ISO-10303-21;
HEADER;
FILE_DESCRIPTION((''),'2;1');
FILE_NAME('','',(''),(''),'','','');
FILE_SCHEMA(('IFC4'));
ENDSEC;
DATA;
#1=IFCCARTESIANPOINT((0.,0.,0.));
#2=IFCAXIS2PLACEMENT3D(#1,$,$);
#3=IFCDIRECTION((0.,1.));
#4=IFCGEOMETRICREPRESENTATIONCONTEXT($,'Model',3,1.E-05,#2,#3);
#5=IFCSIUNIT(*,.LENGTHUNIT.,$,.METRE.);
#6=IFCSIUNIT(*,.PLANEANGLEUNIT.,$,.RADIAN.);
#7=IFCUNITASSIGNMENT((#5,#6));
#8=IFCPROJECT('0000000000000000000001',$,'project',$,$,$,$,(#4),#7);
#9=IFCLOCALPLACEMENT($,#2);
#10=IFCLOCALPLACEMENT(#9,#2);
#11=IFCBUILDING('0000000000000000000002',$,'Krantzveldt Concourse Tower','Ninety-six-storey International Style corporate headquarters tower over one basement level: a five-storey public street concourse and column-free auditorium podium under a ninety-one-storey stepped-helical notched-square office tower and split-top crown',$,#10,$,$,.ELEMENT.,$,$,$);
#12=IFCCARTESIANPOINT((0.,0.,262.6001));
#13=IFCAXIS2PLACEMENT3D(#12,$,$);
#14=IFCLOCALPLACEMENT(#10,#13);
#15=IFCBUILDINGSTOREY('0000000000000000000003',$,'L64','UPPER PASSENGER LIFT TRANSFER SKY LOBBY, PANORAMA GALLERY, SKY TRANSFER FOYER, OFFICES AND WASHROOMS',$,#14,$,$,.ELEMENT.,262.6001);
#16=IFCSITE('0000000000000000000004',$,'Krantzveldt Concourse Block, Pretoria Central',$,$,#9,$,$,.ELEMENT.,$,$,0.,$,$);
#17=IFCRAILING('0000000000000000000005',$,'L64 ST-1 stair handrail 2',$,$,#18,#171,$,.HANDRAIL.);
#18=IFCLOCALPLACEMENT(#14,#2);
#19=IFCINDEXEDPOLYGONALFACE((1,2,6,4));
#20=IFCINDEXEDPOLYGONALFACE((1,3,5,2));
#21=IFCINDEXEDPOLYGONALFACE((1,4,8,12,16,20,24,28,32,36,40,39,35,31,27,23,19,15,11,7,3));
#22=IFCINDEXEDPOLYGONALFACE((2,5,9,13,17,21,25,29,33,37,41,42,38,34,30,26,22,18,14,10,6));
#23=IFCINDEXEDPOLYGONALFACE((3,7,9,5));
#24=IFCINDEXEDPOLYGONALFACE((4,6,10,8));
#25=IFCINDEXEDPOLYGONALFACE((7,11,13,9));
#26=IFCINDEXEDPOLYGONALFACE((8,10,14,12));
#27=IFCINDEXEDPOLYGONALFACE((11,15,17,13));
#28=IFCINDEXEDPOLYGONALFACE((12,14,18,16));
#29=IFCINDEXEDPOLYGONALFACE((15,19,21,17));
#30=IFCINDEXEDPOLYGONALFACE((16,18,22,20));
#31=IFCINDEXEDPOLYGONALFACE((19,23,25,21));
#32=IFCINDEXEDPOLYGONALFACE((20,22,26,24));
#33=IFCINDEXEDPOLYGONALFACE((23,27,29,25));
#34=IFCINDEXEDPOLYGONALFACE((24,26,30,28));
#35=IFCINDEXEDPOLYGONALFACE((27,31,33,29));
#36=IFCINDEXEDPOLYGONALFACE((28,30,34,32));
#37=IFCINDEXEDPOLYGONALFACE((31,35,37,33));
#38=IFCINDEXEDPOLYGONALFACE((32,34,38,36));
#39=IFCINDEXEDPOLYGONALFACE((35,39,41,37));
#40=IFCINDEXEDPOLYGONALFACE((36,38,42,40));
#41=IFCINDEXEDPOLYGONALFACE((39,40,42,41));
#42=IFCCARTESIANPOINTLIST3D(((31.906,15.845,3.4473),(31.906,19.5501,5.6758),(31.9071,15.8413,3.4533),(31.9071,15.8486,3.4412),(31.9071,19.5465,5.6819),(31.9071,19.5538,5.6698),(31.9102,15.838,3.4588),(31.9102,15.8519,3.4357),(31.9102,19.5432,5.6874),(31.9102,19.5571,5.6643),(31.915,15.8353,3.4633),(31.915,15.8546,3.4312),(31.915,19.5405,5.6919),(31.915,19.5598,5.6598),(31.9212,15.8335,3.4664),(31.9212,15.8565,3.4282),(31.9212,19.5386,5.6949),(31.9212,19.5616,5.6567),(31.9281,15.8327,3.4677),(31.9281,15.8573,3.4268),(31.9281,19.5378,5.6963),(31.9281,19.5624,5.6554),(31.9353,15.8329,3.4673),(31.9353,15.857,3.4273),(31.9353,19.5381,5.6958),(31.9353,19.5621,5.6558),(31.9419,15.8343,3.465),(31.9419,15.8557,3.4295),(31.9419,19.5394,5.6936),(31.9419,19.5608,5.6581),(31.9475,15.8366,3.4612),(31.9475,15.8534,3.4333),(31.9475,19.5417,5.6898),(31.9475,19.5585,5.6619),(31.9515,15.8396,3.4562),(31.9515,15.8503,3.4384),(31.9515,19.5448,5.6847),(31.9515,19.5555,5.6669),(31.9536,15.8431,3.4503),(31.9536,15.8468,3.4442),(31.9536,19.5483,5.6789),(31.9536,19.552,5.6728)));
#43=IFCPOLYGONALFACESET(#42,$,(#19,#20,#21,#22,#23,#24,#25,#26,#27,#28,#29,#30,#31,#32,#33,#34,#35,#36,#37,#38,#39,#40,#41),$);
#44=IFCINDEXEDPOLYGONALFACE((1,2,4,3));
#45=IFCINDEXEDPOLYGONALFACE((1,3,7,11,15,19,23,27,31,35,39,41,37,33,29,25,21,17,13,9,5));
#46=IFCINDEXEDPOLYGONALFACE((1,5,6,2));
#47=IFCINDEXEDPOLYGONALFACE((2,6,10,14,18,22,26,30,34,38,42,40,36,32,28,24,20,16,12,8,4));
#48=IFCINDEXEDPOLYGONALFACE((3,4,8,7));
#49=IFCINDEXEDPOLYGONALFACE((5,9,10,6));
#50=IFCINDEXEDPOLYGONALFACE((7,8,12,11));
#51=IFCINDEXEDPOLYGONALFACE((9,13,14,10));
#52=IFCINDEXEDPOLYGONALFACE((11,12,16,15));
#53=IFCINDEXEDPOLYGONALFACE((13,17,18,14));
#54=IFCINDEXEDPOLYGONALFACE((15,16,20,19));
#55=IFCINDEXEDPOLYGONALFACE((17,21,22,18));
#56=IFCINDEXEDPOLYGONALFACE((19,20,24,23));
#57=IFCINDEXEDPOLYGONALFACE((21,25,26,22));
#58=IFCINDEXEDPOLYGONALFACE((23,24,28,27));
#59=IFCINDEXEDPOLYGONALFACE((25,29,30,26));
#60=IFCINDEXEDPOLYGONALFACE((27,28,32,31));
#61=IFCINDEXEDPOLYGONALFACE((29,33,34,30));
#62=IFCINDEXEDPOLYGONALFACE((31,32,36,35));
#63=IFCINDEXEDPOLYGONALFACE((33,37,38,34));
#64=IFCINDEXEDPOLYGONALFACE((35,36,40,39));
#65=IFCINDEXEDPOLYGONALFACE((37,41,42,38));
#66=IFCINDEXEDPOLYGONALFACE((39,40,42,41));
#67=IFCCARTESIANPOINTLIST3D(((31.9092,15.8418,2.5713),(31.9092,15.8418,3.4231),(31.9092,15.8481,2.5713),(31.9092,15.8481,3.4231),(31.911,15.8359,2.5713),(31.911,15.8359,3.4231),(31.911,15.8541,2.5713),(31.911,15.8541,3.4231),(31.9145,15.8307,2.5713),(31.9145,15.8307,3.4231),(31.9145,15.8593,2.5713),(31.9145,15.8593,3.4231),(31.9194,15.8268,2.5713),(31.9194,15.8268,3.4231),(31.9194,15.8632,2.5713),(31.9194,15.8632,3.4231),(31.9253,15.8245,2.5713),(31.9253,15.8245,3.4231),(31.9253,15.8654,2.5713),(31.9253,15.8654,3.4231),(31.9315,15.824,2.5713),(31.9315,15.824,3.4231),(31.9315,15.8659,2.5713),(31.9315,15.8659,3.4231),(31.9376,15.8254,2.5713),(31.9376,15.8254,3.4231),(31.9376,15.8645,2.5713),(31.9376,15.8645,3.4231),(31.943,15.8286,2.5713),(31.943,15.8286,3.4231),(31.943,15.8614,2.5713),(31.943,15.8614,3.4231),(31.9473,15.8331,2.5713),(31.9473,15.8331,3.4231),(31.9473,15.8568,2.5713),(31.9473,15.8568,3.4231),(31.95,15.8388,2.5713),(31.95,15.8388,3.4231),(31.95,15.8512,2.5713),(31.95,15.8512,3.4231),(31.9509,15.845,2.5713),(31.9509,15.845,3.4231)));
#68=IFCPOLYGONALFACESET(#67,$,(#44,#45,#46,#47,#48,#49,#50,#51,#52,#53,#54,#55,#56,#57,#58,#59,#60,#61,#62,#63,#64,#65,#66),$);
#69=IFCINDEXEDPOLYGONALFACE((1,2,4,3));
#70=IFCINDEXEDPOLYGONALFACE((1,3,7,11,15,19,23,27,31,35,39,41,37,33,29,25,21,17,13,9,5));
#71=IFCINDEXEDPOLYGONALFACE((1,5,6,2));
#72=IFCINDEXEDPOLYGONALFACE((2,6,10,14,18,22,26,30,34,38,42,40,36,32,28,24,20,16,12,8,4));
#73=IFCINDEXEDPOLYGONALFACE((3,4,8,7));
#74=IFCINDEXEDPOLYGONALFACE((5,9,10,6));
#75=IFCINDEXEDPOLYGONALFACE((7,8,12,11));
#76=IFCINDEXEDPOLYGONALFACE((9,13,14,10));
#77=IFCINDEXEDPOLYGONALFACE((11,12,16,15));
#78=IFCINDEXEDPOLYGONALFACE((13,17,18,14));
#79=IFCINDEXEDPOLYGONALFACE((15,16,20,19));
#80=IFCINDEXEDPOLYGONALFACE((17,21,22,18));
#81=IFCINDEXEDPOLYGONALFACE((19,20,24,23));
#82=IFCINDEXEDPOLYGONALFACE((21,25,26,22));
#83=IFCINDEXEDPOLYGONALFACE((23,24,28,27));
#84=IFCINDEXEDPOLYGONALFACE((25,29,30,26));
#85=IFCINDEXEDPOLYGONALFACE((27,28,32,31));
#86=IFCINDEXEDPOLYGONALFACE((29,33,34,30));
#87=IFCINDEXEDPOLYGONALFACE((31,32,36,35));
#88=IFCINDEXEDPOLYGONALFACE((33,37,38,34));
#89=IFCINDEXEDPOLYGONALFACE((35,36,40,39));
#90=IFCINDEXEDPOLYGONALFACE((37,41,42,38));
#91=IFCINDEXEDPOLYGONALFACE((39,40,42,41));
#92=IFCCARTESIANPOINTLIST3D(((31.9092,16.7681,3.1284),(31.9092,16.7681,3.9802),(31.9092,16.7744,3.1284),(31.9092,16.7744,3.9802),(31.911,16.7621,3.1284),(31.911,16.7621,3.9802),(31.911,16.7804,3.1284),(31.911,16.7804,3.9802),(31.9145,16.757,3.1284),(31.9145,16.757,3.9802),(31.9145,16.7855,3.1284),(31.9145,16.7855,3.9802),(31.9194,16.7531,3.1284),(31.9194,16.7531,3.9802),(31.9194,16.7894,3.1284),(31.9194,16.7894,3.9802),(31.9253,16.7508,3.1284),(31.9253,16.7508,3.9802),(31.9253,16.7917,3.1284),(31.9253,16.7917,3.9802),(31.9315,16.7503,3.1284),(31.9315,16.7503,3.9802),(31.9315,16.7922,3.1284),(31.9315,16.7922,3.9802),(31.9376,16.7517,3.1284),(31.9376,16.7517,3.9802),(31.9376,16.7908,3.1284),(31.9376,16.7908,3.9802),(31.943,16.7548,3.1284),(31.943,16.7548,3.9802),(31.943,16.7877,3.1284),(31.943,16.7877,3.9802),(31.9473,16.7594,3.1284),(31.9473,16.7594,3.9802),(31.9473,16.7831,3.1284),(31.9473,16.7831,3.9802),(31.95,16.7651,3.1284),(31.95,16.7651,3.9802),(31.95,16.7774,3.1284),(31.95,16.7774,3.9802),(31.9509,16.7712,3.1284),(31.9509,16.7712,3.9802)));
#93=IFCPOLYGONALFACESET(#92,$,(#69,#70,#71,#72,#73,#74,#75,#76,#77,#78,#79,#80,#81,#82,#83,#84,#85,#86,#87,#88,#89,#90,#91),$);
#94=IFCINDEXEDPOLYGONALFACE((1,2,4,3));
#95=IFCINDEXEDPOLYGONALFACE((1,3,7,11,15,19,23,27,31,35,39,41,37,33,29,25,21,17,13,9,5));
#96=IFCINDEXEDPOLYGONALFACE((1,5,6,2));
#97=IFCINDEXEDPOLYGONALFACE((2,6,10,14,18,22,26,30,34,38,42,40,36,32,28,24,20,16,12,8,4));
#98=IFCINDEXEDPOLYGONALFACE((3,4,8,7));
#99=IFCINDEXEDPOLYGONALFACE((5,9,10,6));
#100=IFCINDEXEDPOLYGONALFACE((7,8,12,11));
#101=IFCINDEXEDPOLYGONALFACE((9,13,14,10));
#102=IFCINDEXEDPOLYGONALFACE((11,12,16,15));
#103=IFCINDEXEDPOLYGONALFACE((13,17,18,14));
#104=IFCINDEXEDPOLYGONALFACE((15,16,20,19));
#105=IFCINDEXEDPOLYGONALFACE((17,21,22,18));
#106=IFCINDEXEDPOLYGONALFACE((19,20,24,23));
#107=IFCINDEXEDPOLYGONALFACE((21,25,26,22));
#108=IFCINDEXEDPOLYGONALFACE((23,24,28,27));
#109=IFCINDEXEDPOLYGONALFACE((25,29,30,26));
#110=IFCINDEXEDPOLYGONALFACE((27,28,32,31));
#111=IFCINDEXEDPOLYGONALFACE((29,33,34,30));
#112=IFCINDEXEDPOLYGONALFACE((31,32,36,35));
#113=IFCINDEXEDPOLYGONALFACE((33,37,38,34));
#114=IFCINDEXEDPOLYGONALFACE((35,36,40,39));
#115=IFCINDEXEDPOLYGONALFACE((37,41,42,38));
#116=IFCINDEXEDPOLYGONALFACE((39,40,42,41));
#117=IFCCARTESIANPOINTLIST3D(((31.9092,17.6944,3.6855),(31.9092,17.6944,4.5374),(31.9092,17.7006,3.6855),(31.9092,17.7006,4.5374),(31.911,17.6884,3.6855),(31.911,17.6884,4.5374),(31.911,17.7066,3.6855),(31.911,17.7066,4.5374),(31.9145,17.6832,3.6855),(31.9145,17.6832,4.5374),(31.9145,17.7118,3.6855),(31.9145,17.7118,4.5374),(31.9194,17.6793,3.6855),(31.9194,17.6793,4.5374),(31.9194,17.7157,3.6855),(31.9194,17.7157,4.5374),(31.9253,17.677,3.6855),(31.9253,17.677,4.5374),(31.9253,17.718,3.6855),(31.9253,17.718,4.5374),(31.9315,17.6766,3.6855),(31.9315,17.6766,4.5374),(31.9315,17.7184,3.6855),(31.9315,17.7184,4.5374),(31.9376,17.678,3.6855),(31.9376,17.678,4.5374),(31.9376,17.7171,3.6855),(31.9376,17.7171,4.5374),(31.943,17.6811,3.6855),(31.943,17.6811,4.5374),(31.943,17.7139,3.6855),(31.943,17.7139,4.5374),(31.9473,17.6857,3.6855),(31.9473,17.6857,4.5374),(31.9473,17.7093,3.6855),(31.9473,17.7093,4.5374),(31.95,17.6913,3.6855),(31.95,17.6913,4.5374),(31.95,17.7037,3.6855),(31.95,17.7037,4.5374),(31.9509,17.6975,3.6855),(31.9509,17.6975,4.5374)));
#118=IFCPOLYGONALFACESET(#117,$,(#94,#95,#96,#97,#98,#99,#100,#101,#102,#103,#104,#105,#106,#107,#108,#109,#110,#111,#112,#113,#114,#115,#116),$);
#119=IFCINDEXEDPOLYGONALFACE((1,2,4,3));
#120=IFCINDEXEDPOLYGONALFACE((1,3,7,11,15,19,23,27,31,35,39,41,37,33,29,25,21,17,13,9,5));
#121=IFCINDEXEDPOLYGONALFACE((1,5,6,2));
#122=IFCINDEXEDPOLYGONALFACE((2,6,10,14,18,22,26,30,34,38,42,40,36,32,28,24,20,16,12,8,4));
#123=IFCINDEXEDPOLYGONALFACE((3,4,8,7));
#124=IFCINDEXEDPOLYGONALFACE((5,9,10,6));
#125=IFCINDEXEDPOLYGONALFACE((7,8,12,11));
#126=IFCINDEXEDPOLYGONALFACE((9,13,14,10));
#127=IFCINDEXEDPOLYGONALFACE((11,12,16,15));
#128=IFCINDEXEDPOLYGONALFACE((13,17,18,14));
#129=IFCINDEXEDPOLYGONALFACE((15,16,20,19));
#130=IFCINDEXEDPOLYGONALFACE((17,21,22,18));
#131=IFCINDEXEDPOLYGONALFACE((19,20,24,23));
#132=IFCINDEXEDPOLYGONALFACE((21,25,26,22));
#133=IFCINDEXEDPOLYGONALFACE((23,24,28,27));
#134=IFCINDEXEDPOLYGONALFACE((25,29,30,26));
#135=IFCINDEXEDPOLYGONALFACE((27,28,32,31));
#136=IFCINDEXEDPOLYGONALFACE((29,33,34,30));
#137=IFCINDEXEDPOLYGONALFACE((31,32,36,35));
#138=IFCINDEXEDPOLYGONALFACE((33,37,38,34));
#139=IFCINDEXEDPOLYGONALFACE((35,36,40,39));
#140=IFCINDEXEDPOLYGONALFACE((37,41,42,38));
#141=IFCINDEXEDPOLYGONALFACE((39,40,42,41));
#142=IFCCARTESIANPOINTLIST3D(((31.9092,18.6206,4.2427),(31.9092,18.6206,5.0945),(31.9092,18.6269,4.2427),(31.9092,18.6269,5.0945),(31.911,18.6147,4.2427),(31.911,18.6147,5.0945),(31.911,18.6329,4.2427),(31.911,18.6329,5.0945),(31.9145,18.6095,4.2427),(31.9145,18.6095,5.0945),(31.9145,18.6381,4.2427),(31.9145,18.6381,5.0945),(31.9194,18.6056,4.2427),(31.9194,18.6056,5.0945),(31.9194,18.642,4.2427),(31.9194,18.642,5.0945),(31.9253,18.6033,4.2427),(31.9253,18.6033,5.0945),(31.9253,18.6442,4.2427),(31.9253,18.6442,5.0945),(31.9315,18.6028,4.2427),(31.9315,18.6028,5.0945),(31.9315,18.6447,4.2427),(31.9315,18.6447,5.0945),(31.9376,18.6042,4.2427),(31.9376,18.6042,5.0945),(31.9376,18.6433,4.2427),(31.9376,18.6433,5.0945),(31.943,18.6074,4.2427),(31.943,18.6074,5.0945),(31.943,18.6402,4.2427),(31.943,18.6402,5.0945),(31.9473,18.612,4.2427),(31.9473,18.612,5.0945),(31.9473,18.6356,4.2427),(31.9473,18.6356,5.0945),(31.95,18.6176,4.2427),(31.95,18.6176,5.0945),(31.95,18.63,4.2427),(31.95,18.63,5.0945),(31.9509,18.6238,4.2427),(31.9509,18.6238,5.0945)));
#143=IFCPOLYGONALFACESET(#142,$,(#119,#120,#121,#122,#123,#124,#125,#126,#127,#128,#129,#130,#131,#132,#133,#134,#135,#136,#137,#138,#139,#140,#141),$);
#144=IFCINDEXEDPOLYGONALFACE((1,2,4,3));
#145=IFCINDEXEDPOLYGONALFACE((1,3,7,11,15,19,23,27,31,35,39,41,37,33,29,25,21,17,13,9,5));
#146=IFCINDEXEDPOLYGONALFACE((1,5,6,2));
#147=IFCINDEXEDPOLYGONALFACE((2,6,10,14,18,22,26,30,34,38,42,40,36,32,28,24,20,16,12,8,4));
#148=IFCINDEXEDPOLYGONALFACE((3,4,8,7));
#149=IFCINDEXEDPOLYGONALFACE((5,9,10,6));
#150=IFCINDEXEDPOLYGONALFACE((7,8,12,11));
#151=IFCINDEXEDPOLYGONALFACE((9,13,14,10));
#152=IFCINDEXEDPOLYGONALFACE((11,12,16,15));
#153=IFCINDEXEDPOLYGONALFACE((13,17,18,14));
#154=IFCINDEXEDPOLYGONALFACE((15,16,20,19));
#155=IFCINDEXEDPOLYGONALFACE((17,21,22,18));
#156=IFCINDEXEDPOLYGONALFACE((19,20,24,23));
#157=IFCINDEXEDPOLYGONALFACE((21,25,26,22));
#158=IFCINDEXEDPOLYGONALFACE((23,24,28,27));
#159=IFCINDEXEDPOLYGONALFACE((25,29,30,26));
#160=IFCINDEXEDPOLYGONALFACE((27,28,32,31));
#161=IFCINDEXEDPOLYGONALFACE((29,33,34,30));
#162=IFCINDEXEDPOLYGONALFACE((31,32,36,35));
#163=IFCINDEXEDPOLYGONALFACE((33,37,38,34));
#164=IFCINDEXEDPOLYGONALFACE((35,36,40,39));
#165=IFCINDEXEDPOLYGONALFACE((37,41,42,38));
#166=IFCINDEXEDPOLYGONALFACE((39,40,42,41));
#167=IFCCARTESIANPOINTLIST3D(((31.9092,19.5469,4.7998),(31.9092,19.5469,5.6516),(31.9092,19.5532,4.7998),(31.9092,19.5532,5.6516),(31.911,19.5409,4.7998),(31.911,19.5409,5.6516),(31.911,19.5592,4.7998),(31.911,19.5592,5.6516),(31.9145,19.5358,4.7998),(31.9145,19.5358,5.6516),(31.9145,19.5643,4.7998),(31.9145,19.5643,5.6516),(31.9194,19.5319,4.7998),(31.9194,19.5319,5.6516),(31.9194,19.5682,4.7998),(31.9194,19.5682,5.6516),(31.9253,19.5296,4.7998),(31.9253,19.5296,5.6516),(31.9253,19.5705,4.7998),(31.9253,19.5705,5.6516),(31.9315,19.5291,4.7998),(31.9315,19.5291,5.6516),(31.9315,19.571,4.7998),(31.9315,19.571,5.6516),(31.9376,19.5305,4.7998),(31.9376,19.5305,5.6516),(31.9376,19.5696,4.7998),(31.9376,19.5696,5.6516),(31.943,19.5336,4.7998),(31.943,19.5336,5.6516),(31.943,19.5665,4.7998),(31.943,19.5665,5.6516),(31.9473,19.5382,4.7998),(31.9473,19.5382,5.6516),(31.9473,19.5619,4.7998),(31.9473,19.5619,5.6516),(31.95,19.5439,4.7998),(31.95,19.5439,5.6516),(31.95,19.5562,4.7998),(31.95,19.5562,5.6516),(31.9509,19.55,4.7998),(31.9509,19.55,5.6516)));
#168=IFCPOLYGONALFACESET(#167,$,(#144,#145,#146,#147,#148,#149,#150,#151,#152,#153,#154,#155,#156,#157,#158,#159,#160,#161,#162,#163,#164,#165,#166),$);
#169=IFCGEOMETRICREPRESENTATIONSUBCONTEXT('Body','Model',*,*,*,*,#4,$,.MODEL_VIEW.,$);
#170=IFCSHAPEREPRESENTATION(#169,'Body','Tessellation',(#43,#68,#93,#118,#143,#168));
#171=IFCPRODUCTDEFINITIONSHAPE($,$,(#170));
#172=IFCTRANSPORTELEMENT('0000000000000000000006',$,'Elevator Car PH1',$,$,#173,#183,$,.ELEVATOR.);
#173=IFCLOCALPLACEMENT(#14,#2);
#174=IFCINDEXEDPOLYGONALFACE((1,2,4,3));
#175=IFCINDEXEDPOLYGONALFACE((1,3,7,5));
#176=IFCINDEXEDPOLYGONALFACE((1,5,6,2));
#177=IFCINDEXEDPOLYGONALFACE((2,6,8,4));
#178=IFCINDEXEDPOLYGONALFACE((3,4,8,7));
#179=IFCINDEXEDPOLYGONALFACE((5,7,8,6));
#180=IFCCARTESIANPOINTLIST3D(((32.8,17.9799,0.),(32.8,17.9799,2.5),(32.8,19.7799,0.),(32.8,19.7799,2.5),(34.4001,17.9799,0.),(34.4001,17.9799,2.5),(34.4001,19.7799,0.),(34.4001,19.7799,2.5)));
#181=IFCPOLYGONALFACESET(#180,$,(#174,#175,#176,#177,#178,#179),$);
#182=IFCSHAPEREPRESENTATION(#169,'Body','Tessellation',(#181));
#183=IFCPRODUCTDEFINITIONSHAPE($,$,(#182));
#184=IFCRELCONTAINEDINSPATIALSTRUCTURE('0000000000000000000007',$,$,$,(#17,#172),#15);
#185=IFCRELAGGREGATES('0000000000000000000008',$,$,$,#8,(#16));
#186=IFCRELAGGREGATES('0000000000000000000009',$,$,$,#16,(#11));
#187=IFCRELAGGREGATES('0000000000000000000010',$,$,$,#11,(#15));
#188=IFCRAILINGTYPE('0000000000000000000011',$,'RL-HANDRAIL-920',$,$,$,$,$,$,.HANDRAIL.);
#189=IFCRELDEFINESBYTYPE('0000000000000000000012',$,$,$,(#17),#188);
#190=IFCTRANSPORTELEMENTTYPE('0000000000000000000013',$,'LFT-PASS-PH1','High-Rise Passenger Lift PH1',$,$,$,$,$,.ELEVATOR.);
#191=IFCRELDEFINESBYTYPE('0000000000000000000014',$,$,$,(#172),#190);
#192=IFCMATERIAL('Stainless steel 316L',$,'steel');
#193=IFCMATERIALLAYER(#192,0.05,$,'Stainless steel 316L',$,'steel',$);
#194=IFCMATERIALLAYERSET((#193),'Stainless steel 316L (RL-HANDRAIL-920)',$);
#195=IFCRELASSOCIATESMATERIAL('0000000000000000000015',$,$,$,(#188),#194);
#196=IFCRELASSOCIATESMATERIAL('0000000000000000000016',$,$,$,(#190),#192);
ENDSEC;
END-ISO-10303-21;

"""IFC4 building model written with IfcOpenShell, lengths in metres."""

from ifc_helpers import new_model, si_unit, direction, frame, origin, origin_2d, place, context, subcontext, project, spatial, rectangle, circle, extrude, source, transform, mapped, material, layer, layer_set, type_object, type_shapes, element, save


model = new_model("IFC4")

# Units and contexts
model_context = context("Model", 3, precision=1e-05, world=origin(), true_north=direction((0.0, 1.0)))
body_context = subcontext(model_context, "Body", "Model", "MODEL_VIEW")
ifc_project = project(units=[si_unit("LENGTHUNIT", "METRE"), si_unit("PLANEANGLEUNIT", "RADIAN")], contexts=[model_context])

# Site, building, storey
site_placement = place(None, origin())
site = spatial("IfcSite", under=ifc_project, at=site_placement, Name="Krantzveldt Concourse Block, Pretoria Central", CompositionType="ELEMENT", RefElevation=0.0)
building_placement = place(site_placement, origin())
building = spatial("IfcBuilding", under=site, at=building_placement, Name="Krantzveldt Concourse Tower", Description="Ninety-six-storey International Style corporate headquarters tower over one basement level: a five-storey public street concourse and column-free auditorium podium under a ninety-one-storey stepped-helical notched-square office tower and split-top crown", CompositionType="ELEMENT")
storey_placement = place(building_placement, frame((0.0, 0.0, 262.6001)))
storey = spatial("IfcBuildingStorey", under=building, at=storey_placement, Name="L64", Description="UPPER PASSENGER LIFT TRANSFER SKY LOBBY, PANORAMA GALLERY, SKY TRANSFER FOYER, OFFICES AND WASHROOMS", CompositionType="ELEMENT", Elevation=262.6001)

# Shared definitions
ifc_material_1 = material(Name="Stainless steel 316L", Category="steel")

# Railing
ifc_layer_1 = layer(ifc_material_1, 0.05, Name="Stainless steel 316L", Category="steel")
ifc_layer_set_1 = layer_set([ifc_layer_1], Name="Stainless steel 316L (RL-HANDRAIL-920)")
railing_type_1 = type_object("IfcRailingType", Name="RL-HANDRAIL-920", PredefinedType="HANDRAIL", material=ifc_layer_set_1)
railing_1_placement = place(storey_placement, frame((31.9299, 15.845, 2.5713)))
element("IfcRailing", 1, at=railing_1_placement, inside=storey, type_object=railing_type_1, Name="L64 ST-1 stair handrail 2", PredefinedType="HANDRAIL", context=body_context, shape_type="SweptSolid", body=[
    extrude(circle(Radius=0.0239, at=origin_2d()), frame((0.0, 0.0, 0.876), z_axis=(0.0, 0.856934, 0.515425), x_axis=(-1.0, 0.0, 0.0)), (0.0, 0.0, 1.0), 4.3237),
    extrude(circle(Radius=0.021, at=origin_2d()), origin(), (0.0, 0.0, 1.0), 0.8518),
    extrude(circle(Radius=0.021, at=origin_2d()), frame((0.0, 0.9263, 0.5571)), (0.0, 0.0, 1.0), 0.8518),
    extrude(circle(Radius=0.021, at=origin_2d()), frame((0.0, 1.8525, 1.1143)), (0.0, 0.0, 1.0), 0.8518),
    extrude(circle(Radius=0.021, at=origin_2d()), frame((0.0, 2.7788, 1.6714)), (0.0, 0.0, 1.0), 0.8518),
    extrude(circle(Radius=0.021, at=origin_2d()), frame((0.0, 3.7051, 2.2285)), (0.0, 0.0, 1.0), 0.8518),
])

# Transport element
transport_element_type = type_object("IfcTransportElementType", Name="LFT-PASS-PH1", Description="High-Rise Passenger Lift PH1", PredefinedType="ELEVATOR", material=ifc_material_1)
shared_shape_1 = source(origin(), body_context, "Body", "SweptSolid", [
    extrude(rectangle(XDim=1.6001, YDim=1.8, at=origin_2d()), origin(), (0.0, 0.0, 1.0), 2.5),
])
type_shapes(transport_element_type, [shared_shape_1])
transport_element_placement = place(storey_placement, frame((33.6001, 18.8799, 0.0), z_axis=(0.0, 0.0, 1.0), x_axis=(1.0, 0.0, 0.0)))
element("IfcTransportElement", 2, at=transport_element_placement, inside=storey, type_object=transport_element_type, Name="Elevator Car PH1", PredefinedType="ELEVATOR", context=body_context, shape_type="MappedRepresentation", body=[
    mapped(shared_shape_1, transform((0.0, 0.0, 0.0), x_axis=(1.0, 0.0, 0.0), y_axis=(0.0, 1.0, 0.0), z_axis=(0.0, 0.0, 1.0), scale=1.0)),
])

save(model, "model.ifc")
